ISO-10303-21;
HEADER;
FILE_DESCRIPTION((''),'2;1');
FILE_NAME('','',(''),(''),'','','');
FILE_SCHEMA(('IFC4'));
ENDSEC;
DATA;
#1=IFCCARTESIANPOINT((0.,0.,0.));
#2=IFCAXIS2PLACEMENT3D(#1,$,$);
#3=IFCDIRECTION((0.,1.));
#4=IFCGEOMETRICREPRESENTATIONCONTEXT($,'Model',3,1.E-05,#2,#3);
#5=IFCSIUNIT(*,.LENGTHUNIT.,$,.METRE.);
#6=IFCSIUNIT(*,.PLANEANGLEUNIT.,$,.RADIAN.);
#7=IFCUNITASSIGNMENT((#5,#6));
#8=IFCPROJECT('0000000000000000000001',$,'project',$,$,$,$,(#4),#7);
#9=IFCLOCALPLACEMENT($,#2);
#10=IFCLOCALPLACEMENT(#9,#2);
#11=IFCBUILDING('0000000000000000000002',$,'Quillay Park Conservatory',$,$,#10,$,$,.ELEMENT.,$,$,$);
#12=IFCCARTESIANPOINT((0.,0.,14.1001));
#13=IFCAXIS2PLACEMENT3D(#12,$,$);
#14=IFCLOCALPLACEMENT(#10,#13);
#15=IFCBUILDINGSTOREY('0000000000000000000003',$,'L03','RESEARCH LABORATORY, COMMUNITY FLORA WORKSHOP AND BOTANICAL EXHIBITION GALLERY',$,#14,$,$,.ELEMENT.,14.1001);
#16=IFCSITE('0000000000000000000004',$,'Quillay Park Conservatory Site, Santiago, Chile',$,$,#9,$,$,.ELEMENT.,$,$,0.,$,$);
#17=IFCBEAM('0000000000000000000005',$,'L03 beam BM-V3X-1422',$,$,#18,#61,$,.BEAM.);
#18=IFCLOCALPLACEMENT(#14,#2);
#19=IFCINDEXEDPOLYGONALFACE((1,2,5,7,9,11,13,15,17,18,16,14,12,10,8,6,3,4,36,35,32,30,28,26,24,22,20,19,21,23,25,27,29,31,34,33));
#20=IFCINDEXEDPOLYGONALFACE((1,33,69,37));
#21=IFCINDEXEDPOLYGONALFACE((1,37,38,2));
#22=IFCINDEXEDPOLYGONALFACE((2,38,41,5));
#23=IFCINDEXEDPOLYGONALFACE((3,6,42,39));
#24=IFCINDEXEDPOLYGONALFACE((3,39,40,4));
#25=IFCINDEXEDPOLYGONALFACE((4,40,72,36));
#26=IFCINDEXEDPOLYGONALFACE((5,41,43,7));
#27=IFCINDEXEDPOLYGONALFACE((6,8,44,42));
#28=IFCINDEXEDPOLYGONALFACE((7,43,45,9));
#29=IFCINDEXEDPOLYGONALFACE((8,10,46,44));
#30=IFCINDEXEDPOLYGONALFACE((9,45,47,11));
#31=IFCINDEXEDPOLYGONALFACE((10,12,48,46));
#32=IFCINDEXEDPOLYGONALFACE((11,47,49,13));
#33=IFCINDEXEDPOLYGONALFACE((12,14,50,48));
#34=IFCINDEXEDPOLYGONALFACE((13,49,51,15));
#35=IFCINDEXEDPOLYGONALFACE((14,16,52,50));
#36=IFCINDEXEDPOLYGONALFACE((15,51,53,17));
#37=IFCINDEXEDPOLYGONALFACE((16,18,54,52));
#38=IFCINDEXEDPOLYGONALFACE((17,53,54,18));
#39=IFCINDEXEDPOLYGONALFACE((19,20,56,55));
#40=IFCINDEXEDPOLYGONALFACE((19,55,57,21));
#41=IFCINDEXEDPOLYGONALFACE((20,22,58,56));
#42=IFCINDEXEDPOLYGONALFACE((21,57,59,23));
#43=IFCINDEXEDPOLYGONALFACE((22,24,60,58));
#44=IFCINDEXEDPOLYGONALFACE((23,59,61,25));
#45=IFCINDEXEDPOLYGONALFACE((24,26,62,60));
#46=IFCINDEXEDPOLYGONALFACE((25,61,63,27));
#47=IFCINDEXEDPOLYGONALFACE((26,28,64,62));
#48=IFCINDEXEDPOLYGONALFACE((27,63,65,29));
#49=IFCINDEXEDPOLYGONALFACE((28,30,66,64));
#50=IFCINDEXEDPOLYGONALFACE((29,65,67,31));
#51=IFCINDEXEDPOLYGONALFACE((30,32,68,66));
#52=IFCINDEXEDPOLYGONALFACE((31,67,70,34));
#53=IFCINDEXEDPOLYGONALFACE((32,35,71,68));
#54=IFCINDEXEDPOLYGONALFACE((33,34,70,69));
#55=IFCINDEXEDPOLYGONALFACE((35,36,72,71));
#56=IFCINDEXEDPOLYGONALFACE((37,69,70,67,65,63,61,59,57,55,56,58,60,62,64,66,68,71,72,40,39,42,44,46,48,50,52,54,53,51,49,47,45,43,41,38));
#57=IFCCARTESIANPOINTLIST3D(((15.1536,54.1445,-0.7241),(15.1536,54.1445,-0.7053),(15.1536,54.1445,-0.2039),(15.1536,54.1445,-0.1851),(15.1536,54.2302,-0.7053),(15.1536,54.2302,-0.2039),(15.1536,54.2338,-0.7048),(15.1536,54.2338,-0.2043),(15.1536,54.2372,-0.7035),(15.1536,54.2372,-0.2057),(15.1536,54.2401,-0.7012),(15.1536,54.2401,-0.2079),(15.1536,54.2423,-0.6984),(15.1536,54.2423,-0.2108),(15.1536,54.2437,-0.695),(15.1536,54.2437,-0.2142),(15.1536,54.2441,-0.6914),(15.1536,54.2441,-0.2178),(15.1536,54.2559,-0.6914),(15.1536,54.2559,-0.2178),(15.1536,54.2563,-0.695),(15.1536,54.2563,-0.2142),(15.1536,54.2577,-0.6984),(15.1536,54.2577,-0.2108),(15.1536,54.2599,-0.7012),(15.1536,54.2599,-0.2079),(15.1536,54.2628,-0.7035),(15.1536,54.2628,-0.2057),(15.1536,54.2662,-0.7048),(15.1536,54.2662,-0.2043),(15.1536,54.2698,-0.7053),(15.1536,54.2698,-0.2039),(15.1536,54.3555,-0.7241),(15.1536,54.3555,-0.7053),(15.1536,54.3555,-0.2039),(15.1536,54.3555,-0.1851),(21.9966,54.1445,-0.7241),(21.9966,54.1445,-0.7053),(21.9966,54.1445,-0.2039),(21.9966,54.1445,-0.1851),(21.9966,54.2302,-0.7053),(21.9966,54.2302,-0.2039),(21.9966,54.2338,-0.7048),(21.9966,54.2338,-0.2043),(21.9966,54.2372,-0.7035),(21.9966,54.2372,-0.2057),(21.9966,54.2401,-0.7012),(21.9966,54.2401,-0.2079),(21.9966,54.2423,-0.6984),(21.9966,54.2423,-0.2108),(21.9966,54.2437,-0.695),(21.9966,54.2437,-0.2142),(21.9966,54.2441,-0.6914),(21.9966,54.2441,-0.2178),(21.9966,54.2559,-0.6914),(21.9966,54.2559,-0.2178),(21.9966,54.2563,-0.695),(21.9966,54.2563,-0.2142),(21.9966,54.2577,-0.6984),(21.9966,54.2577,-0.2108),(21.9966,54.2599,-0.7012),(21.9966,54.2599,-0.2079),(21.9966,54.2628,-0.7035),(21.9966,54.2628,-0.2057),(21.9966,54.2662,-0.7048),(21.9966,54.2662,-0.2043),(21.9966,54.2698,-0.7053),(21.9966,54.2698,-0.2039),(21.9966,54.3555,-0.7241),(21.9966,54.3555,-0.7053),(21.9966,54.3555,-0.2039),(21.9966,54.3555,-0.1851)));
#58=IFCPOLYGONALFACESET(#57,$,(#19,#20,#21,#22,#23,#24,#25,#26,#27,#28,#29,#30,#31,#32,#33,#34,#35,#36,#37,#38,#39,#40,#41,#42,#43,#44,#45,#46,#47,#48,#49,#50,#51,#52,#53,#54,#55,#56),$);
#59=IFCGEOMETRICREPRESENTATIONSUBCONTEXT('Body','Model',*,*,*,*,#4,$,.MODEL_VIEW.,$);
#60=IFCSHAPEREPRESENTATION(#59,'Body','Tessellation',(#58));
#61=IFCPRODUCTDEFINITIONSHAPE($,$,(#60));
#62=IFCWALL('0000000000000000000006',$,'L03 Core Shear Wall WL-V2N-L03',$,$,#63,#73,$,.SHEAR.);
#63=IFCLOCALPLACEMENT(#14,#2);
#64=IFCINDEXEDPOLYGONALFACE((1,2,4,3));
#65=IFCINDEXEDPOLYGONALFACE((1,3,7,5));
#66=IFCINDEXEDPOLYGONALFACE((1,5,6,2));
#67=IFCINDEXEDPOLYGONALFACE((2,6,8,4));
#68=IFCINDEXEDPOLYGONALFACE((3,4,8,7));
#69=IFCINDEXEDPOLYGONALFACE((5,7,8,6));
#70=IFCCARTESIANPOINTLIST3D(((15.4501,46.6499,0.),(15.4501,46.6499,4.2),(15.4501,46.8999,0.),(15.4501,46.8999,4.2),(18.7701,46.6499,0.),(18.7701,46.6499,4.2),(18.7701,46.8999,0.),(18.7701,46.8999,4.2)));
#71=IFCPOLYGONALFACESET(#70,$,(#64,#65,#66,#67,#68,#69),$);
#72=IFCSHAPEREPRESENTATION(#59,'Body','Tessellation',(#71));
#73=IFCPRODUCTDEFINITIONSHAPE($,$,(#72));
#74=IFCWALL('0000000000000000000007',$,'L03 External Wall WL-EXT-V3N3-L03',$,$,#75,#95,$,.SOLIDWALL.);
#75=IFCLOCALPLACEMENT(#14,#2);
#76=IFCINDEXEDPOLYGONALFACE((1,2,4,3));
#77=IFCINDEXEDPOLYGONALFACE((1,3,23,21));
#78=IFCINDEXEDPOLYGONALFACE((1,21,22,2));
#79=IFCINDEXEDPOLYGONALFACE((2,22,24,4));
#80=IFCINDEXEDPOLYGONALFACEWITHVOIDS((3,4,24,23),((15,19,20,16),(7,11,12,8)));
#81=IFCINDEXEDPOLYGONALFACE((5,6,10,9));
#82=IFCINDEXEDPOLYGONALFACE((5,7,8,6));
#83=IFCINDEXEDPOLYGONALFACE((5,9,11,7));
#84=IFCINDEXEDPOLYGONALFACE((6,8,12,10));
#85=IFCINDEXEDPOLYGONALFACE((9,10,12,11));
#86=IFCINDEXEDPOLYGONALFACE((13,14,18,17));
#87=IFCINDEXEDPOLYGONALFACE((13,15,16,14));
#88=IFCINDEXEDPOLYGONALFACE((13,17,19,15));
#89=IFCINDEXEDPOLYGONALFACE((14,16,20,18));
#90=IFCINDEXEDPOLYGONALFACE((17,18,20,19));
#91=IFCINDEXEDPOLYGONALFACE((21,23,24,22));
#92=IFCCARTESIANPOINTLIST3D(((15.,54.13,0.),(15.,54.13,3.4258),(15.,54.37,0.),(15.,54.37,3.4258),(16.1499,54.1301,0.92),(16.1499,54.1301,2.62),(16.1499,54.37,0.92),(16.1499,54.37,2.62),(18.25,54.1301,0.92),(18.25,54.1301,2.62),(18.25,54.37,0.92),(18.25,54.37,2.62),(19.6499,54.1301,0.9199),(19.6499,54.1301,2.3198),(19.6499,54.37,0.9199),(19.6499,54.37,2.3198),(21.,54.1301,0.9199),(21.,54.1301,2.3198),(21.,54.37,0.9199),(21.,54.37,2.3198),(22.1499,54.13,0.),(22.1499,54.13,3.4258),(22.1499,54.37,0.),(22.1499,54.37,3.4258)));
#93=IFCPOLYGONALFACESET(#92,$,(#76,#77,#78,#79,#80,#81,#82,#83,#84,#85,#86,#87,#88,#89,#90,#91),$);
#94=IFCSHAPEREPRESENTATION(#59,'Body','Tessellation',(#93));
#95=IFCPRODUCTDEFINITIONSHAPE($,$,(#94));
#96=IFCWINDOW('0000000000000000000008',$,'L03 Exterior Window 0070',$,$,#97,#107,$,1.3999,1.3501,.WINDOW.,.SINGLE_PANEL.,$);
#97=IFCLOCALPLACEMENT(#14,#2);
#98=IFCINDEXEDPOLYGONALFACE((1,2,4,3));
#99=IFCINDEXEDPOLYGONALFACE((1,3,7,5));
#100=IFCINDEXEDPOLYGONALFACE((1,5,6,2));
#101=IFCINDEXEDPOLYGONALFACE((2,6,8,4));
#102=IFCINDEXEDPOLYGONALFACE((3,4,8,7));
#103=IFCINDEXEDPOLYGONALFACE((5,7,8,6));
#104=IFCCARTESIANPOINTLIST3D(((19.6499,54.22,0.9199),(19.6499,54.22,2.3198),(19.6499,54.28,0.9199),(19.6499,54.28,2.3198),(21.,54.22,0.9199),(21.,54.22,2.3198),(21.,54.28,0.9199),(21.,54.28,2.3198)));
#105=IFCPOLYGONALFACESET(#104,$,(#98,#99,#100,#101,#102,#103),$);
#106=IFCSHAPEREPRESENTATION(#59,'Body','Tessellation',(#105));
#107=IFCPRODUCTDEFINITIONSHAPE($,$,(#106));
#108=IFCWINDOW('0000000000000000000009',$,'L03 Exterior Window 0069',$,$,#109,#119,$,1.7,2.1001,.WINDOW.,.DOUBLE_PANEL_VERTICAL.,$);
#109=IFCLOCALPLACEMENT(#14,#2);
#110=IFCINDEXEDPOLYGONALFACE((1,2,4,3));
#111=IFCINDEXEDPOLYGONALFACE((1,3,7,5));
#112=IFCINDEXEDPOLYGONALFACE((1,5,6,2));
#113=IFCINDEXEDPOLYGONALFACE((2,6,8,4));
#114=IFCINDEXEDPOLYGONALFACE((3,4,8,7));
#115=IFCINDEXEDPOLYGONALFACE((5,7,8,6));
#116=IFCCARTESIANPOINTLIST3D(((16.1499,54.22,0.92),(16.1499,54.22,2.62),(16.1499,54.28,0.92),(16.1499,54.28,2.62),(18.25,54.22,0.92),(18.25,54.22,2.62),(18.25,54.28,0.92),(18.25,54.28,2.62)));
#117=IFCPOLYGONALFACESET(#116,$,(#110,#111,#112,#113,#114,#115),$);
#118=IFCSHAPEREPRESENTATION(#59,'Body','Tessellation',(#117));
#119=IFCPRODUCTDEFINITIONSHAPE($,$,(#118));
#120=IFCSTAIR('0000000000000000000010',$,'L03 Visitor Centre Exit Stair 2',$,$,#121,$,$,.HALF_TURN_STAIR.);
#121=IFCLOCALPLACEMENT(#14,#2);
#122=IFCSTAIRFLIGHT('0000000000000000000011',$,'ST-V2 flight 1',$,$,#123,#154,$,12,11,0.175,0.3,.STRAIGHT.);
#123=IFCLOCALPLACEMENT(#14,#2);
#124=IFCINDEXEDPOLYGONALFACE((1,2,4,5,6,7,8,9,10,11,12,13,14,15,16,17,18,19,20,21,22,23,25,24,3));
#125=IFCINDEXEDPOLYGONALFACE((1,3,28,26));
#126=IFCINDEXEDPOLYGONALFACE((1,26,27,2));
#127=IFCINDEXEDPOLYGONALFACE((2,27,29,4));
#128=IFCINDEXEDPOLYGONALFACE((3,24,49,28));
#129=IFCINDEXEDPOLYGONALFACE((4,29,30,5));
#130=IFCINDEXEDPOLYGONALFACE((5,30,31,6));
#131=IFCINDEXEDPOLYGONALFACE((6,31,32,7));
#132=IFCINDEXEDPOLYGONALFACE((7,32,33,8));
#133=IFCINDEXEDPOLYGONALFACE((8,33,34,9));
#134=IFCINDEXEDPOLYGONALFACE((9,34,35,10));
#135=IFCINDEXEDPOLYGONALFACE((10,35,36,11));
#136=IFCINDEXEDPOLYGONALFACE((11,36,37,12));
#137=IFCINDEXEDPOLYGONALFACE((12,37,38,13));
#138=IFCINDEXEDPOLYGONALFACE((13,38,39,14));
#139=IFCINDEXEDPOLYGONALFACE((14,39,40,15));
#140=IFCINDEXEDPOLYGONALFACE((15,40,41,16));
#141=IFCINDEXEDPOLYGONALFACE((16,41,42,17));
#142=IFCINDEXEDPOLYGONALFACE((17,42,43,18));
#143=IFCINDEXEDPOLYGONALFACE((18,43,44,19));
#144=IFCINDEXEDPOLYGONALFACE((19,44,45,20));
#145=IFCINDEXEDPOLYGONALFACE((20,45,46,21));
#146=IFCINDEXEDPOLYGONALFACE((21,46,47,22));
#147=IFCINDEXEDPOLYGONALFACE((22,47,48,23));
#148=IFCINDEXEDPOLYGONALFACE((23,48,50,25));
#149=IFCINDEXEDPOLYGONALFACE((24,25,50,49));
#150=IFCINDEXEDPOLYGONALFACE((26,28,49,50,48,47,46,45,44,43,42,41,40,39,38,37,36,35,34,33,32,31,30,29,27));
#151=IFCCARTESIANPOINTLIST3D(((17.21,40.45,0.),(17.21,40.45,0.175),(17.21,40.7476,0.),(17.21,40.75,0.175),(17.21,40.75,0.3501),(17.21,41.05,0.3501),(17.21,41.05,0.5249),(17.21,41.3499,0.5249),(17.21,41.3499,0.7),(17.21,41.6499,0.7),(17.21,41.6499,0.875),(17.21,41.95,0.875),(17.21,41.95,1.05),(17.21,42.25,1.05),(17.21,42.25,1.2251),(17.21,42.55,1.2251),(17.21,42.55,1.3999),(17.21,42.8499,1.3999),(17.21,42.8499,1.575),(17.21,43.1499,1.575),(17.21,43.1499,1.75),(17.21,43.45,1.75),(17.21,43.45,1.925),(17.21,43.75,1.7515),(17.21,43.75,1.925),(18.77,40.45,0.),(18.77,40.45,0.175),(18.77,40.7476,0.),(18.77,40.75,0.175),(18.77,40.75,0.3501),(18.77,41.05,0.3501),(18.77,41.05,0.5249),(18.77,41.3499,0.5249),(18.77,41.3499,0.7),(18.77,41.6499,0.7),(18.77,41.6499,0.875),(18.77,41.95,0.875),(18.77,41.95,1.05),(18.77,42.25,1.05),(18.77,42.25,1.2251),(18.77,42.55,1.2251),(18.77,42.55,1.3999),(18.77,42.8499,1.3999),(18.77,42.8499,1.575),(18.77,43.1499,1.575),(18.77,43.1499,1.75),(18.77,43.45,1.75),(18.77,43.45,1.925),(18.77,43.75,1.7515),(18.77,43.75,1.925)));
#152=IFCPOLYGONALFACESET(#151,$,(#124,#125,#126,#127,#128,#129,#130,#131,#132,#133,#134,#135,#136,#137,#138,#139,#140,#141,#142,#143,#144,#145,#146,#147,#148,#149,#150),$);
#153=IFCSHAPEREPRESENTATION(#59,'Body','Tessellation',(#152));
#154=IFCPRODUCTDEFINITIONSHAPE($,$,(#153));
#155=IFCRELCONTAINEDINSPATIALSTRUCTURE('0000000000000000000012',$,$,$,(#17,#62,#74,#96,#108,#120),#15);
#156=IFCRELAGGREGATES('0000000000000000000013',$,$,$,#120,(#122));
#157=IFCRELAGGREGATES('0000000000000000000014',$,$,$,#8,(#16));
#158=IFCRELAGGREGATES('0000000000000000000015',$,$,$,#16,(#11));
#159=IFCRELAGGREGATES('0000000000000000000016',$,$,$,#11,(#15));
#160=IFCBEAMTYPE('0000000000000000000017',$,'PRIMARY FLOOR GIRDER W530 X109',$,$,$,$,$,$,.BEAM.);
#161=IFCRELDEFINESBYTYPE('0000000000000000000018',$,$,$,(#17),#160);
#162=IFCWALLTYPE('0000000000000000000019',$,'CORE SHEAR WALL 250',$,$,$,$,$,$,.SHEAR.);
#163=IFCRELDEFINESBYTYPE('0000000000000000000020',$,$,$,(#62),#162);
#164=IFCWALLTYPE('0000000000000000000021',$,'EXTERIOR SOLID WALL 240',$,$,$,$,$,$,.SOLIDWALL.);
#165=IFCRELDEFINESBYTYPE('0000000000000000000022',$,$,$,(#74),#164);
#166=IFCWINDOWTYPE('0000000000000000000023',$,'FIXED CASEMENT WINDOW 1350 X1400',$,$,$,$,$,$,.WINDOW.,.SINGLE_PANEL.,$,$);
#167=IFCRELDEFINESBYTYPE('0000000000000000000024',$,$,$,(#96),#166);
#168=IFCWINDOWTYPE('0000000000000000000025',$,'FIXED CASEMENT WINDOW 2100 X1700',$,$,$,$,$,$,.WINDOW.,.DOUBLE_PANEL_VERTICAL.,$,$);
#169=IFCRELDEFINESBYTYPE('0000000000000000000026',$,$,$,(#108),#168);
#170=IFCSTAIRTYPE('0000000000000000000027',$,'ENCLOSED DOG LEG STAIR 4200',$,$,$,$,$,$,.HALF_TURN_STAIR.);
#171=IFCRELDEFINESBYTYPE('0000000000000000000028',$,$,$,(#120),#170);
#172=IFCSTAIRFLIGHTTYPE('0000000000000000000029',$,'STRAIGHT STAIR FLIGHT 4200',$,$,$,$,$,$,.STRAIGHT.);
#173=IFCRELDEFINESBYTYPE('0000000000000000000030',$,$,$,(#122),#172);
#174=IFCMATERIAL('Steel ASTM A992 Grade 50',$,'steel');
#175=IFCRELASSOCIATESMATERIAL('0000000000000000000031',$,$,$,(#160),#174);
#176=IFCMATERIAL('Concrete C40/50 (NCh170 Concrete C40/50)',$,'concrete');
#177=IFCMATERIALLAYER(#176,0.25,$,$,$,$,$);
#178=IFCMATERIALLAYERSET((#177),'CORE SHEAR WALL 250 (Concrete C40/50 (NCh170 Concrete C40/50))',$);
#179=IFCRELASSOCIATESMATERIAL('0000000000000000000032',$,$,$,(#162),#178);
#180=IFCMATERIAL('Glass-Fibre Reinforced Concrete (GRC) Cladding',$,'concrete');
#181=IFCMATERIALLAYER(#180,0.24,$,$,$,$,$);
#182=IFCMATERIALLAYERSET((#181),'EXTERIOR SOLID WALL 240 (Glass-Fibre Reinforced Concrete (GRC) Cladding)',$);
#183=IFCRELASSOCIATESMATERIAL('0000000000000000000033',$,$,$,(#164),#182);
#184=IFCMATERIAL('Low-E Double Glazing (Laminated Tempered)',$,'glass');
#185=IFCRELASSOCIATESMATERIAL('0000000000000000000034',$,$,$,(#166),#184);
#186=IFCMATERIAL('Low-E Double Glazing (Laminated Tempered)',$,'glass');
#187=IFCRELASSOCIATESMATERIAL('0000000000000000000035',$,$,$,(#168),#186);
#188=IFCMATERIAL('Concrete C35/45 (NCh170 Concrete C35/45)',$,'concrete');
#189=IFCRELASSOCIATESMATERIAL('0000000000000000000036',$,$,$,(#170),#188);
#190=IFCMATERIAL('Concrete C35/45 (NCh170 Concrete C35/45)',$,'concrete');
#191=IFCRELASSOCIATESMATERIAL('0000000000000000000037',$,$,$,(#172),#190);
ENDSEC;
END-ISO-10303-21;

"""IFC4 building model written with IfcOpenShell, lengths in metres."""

from ifc_helpers import new_model, si_unit, direction, frame, frame_2d, origin, origin_2d, place, context, subcontext, project, spatial, polyline, rectangle, i_section, outline, extrude, material, layer, layer_set, material_profile, profile_set, type_object, element, fill, aggregate, save


model = new_model("IFC4")

# Units and contexts
model_context = context("Model", 3, precision=1e-05, world=origin(), true_north=direction((0.0, 1.0)))
body_context = subcontext(model_context, "Body", "Model", "MODEL_VIEW")
ifc_project = project(units=[si_unit("LENGTHUNIT", "METRE"), si_unit("PLANEANGLEUNIT", "RADIAN")], contexts=[model_context])

# Site, building, storey
site_placement = place(None, origin())
site = spatial("IfcSite", under=ifc_project, at=site_placement, Name="Quillay Park Conservatory Site, Santiago, Chile", CompositionType="ELEMENT", RefElevation=0.0)
building_placement = place(site_placement, origin())
building = spatial("IfcBuilding", under=site, at=building_placement, Name="Quillay Park Conservatory", CompositionType="ELEMENT")
storey_placement = place(building_placement, frame((0.0, 0.0, 14.1001)))
storey = spatial("IfcBuildingStorey", under=building, at=storey_placement, Name="L03", Description="RESEARCH LABORATORY, COMMUNITY FLORA WORKSHOP AND BOTANICAL EXHIBITION GALLERY", CompositionType="ELEMENT", Elevation=14.1001)

# Beam
ifc_material_1 = material(Name="Steel ASTM A992 Grade 50", Category="steel")
ifc_material_profile_1 = material_profile(ifc_material_1, i_section(OverallWidth=0.2109, OverallDepth=0.5391, WebThickness=0.0117, FlangeThickness=0.0188, FilletRadius=0.0139, at=origin_2d()), Name="W530x109")
ifc_profile_set_1 = profile_set([ifc_material_profile_1], Name="Steel ASTM A992 Grade 50")
beam_type_1 = type_object("IfcBeamType", Name="PRIMARY FLOOR GIRDER W530 X109", PredefinedType="BEAM", material=ifc_profile_set_1)
beam_1_placement = place(storey_placement, frame((15.1536, 54.25, -0.4546), z_axis=(1.0, 0.0, 0.0), x_axis=(0.0, 1.0, 0.0)))
element("IfcBeam", 1, at=beam_1_placement, inside=storey, type_object=beam_type_1, Name="L03 beam BM-V3X-1422", PredefinedType="BEAM", context=body_context, shape_type="SweptSolid", body=[
    extrude(i_section(OverallWidth=0.2109, OverallDepth=0.5391, WebThickness=0.0117, FlangeThickness=0.0188, FilletRadius=0.0139, at=origin_2d()), origin(), (0.0, 0.0, 1.0), 6.843),
])

# Wall
ifc_material_2 = material(Name="Concrete C40/50 (NCh170 Concrete C40/50)", Category="concrete")
ifc_layer_1 = layer(ifc_material_2, 0.25)
ifc_layer_set_1 = layer_set([ifc_layer_1], Name="CORE SHEAR WALL 250 (Concrete C40/50 (NCh170 Concrete C40/50))")
wall_type_1 = type_object("IfcWallType", Name="CORE SHEAR WALL 250", PredefinedType="SHEAR", material=ifc_layer_set_1)
wall_1_placement = place(storey_placement, frame((15.45, 46.7749, 0.0), z_axis=(0.0, 0.0, 1.0), x_axis=(1.0, 0.0, 0.0)))
element("IfcWall", 2, at=wall_1_placement, inside=storey, type_object=wall_type_1, Name="L03 Core Shear Wall WL-V2N-L03", PredefinedType="SHEAR", context=body_context, shape_type="SweptSolid", body=[
    extrude(rectangle(XDim=3.3201, YDim=0.25, at=frame_2d((1.6602, 0.0))), origin(), (0.0, 0.0, 1.0), 4.2),
])

# Wall, openings, windows
ifc_material_3 = material(Name="Glass-Fibre Reinforced Concrete (GRC) Cladding", Category="concrete")
ifc_layer_2 = layer(ifc_material_3, 0.24)
ifc_layer_set_2 = layer_set([ifc_layer_2], Name="EXTERIOR SOLID WALL 240 (Glass-Fibre Reinforced Concrete (GRC) Cladding)")
wall_type_2 = type_object("IfcWallType", Name="EXTERIOR SOLID WALL 240", PredefinedType="SOLIDWALL", material=ifc_layer_set_2)
wall_2_placement = place(storey_placement, frame((15.0, 54.25, 0.0), z_axis=(0.0, 0.0, 1.0), x_axis=(1.0, 0.0, 0.0)))
wall_2 = element("IfcWall", 3, at=wall_2_placement, inside=storey, type_object=wall_type_2, Name="L03 External Wall WL-EXT-V3N3-L03", PredefinedType="SOLIDWALL", context=body_context, shape_type="SweptSolid", body=[
    extrude(rectangle(XDim=7.1499, YDim=0.24, at=frame_2d((3.575, 0.0))), origin(), (0.0, 0.0, 1.0), 3.4258),
])
opening_1_placement = place(wall_2_placement, frame((1.1499, 0.0, 0.9199)))
opening_1 = element("IfcOpeningElement", 4, at=opening_1_placement, cuts=wall_2, PredefinedType="OPENING", context=body_context, shape_type="SweptSolid", body=[
    extrude(rectangle(XDim=2.1001, YDim=1.7, at=frame_2d((1.05, 0.8501))), frame((0.0, 0.1201, 0.0), z_axis=(0.0, -1.0, 0.0), x_axis=(1.0, 0.0, 0.0)), (0.0, 0.0, 1.0), 0.24),
])
opening_2_placement = place(wall_2_placement, frame((4.6499, 0.0, 0.9199)))
opening_2 = element("IfcOpeningElement", 5, at=opening_2_placement, cuts=wall_2, PredefinedType="OPENING", context=body_context, shape_type="SweptSolid", body=[
    extrude(rectangle(XDim=1.3501, YDim=1.3999, at=frame_2d((0.675, 0.7))), frame((0.0, 0.1201, 0.0), z_axis=(0.0, -1.0, 0.0), x_axis=(1.0, 0.0, 0.0)), (0.0, 0.0, 1.0), 0.24),
])
ifc_material_4 = material(Name="Low-E Double Glazing (Laminated Tempered)", Category="glass")
window_type_1 = type_object("IfcWindowType", Name="FIXED CASEMENT WINDOW 1350 X1400", PartitioningType="SINGLE_PANEL", PredefinedType="WINDOW", material=ifc_material_4)
window_1_placement = place(opening_2_placement, origin())
window_1 = element("IfcWindow", 6, at=window_1_placement, inside=storey, type_object=window_type_1, Name="L03 Exterior Window 0070", OverallHeight=1.3999, OverallWidth=1.3501, PartitioningType="SINGLE_PANEL", PredefinedType="WINDOW", context=body_context, shape_type="SweptSolid", body=[
    extrude(rectangle(XDim=1.3501, YDim=1.3999, at=frame_2d((0.675, 0.7))), frame((0.0, 0.03, 0.0), z_axis=(0.0, -1.0, 0.0), x_axis=(1.0, 0.0, 0.0)), (0.0, 0.0, 1.0), 0.0601),
])
fill(opening_2, window_1)
ifc_material_5 = material(Name="Low-E Double Glazing (Laminated Tempered)", Category="glass")
window_type_2 = type_object("IfcWindowType", Name="FIXED CASEMENT WINDOW 2100 X1700", PartitioningType="DOUBLE_PANEL_VERTICAL", PredefinedType="WINDOW", material=ifc_material_5)
window_2_placement = place(opening_1_placement, origin())
window_2 = element("IfcWindow", 7, at=window_2_placement, inside=storey, type_object=window_type_2, Name="L03 Exterior Window 0069", OverallHeight=1.7, OverallWidth=2.1001, PartitioningType="DOUBLE_PANEL_VERTICAL", PredefinedType="WINDOW", context=body_context, shape_type="SweptSolid", body=[
    extrude(rectangle(XDim=2.1001, YDim=1.7, at=frame_2d((1.05, 0.8501))), frame((0.0, 0.03, 0.0), z_axis=(0.0, -1.0, 0.0), x_axis=(1.0, 0.0, 0.0)), (0.0, 0.0, 1.0), 0.0601),
])
fill(opening_1, window_2)

# Stair, stair flight
ifc_material_6 = material(Name="Concrete C35/45 (NCh170 Concrete C35/45)", Category="concrete")
stair_type = type_object("IfcStairType", Name="ENCLOSED DOG LEG STAIR 4200", PredefinedType="HALF_TURN_STAIR", material=ifc_material_6)
stair_placement = place(storey_placement, origin())
stair = element("IfcStair", 8, at=stair_placement, inside=storey, type_object=stair_type, Name="L03 Visitor Centre Exit Stair 2", PredefinedType="HALF_TURN_STAIR")
ifc_material_7 = material(Name="Concrete C35/45 (NCh170 Concrete C35/45)", Category="concrete")
stair_flight_type = type_object("IfcStairFlightType", Name="STRAIGHT STAIR FLIGHT 4200", PredefinedType="STRAIGHT", material=ifc_material_7)
stair_flight_1_placement = place(storey_placement, frame((17.99, 40.45, 0.0), z_axis=(0.0, 0.0, 1.0), x_axis=(0.0, 1.0, 0.0)))
stair_flight_1 = element("IfcStairFlight", 9, at=stair_flight_1_placement, type_object=stair_flight_type, Name="ST-V2 flight 1", NumberOfRisers=12, NumberOfTreads=11, PredefinedType="STRAIGHT", RiserHeight=0.175, TreadLength=0.3, context=body_context, shape_type="SweptSolid", body=[
    extrude(outline(polyline([(0.0, 0.0), (0.0, 0.175), (0.3, 0.175), (0.3, 0.3501), (0.6001, 0.3501), (0.6001, 0.5249), (0.8999, 0.5249), (0.8999, 0.7), (1.2, 0.7), (1.2, 0.875), (1.5, 0.875), (1.5, 1.05), (1.8, 1.05), (1.8, 1.2251), (2.1001, 1.2251), (2.1001, 1.3999), (2.3999, 1.3999), (2.3999, 1.575), (2.7, 1.575), (2.7, 1.75), (3.0, 1.75), (3.0, 1.925), (3.3, 1.925), (3.3, 2.1001), (3.3, 1.7515), (0.2976, 0.0), (0.0, 0.0)])), frame((0.0, 0.78, 0.0), z_axis=(0.0, -1.0, 0.0), x_axis=(1.0, 0.0, 0.0)), (0.0, 0.0, 1.0), 1.5601),
])
aggregate(stair, [stair_flight_1])

save(model, "model.ifc")
